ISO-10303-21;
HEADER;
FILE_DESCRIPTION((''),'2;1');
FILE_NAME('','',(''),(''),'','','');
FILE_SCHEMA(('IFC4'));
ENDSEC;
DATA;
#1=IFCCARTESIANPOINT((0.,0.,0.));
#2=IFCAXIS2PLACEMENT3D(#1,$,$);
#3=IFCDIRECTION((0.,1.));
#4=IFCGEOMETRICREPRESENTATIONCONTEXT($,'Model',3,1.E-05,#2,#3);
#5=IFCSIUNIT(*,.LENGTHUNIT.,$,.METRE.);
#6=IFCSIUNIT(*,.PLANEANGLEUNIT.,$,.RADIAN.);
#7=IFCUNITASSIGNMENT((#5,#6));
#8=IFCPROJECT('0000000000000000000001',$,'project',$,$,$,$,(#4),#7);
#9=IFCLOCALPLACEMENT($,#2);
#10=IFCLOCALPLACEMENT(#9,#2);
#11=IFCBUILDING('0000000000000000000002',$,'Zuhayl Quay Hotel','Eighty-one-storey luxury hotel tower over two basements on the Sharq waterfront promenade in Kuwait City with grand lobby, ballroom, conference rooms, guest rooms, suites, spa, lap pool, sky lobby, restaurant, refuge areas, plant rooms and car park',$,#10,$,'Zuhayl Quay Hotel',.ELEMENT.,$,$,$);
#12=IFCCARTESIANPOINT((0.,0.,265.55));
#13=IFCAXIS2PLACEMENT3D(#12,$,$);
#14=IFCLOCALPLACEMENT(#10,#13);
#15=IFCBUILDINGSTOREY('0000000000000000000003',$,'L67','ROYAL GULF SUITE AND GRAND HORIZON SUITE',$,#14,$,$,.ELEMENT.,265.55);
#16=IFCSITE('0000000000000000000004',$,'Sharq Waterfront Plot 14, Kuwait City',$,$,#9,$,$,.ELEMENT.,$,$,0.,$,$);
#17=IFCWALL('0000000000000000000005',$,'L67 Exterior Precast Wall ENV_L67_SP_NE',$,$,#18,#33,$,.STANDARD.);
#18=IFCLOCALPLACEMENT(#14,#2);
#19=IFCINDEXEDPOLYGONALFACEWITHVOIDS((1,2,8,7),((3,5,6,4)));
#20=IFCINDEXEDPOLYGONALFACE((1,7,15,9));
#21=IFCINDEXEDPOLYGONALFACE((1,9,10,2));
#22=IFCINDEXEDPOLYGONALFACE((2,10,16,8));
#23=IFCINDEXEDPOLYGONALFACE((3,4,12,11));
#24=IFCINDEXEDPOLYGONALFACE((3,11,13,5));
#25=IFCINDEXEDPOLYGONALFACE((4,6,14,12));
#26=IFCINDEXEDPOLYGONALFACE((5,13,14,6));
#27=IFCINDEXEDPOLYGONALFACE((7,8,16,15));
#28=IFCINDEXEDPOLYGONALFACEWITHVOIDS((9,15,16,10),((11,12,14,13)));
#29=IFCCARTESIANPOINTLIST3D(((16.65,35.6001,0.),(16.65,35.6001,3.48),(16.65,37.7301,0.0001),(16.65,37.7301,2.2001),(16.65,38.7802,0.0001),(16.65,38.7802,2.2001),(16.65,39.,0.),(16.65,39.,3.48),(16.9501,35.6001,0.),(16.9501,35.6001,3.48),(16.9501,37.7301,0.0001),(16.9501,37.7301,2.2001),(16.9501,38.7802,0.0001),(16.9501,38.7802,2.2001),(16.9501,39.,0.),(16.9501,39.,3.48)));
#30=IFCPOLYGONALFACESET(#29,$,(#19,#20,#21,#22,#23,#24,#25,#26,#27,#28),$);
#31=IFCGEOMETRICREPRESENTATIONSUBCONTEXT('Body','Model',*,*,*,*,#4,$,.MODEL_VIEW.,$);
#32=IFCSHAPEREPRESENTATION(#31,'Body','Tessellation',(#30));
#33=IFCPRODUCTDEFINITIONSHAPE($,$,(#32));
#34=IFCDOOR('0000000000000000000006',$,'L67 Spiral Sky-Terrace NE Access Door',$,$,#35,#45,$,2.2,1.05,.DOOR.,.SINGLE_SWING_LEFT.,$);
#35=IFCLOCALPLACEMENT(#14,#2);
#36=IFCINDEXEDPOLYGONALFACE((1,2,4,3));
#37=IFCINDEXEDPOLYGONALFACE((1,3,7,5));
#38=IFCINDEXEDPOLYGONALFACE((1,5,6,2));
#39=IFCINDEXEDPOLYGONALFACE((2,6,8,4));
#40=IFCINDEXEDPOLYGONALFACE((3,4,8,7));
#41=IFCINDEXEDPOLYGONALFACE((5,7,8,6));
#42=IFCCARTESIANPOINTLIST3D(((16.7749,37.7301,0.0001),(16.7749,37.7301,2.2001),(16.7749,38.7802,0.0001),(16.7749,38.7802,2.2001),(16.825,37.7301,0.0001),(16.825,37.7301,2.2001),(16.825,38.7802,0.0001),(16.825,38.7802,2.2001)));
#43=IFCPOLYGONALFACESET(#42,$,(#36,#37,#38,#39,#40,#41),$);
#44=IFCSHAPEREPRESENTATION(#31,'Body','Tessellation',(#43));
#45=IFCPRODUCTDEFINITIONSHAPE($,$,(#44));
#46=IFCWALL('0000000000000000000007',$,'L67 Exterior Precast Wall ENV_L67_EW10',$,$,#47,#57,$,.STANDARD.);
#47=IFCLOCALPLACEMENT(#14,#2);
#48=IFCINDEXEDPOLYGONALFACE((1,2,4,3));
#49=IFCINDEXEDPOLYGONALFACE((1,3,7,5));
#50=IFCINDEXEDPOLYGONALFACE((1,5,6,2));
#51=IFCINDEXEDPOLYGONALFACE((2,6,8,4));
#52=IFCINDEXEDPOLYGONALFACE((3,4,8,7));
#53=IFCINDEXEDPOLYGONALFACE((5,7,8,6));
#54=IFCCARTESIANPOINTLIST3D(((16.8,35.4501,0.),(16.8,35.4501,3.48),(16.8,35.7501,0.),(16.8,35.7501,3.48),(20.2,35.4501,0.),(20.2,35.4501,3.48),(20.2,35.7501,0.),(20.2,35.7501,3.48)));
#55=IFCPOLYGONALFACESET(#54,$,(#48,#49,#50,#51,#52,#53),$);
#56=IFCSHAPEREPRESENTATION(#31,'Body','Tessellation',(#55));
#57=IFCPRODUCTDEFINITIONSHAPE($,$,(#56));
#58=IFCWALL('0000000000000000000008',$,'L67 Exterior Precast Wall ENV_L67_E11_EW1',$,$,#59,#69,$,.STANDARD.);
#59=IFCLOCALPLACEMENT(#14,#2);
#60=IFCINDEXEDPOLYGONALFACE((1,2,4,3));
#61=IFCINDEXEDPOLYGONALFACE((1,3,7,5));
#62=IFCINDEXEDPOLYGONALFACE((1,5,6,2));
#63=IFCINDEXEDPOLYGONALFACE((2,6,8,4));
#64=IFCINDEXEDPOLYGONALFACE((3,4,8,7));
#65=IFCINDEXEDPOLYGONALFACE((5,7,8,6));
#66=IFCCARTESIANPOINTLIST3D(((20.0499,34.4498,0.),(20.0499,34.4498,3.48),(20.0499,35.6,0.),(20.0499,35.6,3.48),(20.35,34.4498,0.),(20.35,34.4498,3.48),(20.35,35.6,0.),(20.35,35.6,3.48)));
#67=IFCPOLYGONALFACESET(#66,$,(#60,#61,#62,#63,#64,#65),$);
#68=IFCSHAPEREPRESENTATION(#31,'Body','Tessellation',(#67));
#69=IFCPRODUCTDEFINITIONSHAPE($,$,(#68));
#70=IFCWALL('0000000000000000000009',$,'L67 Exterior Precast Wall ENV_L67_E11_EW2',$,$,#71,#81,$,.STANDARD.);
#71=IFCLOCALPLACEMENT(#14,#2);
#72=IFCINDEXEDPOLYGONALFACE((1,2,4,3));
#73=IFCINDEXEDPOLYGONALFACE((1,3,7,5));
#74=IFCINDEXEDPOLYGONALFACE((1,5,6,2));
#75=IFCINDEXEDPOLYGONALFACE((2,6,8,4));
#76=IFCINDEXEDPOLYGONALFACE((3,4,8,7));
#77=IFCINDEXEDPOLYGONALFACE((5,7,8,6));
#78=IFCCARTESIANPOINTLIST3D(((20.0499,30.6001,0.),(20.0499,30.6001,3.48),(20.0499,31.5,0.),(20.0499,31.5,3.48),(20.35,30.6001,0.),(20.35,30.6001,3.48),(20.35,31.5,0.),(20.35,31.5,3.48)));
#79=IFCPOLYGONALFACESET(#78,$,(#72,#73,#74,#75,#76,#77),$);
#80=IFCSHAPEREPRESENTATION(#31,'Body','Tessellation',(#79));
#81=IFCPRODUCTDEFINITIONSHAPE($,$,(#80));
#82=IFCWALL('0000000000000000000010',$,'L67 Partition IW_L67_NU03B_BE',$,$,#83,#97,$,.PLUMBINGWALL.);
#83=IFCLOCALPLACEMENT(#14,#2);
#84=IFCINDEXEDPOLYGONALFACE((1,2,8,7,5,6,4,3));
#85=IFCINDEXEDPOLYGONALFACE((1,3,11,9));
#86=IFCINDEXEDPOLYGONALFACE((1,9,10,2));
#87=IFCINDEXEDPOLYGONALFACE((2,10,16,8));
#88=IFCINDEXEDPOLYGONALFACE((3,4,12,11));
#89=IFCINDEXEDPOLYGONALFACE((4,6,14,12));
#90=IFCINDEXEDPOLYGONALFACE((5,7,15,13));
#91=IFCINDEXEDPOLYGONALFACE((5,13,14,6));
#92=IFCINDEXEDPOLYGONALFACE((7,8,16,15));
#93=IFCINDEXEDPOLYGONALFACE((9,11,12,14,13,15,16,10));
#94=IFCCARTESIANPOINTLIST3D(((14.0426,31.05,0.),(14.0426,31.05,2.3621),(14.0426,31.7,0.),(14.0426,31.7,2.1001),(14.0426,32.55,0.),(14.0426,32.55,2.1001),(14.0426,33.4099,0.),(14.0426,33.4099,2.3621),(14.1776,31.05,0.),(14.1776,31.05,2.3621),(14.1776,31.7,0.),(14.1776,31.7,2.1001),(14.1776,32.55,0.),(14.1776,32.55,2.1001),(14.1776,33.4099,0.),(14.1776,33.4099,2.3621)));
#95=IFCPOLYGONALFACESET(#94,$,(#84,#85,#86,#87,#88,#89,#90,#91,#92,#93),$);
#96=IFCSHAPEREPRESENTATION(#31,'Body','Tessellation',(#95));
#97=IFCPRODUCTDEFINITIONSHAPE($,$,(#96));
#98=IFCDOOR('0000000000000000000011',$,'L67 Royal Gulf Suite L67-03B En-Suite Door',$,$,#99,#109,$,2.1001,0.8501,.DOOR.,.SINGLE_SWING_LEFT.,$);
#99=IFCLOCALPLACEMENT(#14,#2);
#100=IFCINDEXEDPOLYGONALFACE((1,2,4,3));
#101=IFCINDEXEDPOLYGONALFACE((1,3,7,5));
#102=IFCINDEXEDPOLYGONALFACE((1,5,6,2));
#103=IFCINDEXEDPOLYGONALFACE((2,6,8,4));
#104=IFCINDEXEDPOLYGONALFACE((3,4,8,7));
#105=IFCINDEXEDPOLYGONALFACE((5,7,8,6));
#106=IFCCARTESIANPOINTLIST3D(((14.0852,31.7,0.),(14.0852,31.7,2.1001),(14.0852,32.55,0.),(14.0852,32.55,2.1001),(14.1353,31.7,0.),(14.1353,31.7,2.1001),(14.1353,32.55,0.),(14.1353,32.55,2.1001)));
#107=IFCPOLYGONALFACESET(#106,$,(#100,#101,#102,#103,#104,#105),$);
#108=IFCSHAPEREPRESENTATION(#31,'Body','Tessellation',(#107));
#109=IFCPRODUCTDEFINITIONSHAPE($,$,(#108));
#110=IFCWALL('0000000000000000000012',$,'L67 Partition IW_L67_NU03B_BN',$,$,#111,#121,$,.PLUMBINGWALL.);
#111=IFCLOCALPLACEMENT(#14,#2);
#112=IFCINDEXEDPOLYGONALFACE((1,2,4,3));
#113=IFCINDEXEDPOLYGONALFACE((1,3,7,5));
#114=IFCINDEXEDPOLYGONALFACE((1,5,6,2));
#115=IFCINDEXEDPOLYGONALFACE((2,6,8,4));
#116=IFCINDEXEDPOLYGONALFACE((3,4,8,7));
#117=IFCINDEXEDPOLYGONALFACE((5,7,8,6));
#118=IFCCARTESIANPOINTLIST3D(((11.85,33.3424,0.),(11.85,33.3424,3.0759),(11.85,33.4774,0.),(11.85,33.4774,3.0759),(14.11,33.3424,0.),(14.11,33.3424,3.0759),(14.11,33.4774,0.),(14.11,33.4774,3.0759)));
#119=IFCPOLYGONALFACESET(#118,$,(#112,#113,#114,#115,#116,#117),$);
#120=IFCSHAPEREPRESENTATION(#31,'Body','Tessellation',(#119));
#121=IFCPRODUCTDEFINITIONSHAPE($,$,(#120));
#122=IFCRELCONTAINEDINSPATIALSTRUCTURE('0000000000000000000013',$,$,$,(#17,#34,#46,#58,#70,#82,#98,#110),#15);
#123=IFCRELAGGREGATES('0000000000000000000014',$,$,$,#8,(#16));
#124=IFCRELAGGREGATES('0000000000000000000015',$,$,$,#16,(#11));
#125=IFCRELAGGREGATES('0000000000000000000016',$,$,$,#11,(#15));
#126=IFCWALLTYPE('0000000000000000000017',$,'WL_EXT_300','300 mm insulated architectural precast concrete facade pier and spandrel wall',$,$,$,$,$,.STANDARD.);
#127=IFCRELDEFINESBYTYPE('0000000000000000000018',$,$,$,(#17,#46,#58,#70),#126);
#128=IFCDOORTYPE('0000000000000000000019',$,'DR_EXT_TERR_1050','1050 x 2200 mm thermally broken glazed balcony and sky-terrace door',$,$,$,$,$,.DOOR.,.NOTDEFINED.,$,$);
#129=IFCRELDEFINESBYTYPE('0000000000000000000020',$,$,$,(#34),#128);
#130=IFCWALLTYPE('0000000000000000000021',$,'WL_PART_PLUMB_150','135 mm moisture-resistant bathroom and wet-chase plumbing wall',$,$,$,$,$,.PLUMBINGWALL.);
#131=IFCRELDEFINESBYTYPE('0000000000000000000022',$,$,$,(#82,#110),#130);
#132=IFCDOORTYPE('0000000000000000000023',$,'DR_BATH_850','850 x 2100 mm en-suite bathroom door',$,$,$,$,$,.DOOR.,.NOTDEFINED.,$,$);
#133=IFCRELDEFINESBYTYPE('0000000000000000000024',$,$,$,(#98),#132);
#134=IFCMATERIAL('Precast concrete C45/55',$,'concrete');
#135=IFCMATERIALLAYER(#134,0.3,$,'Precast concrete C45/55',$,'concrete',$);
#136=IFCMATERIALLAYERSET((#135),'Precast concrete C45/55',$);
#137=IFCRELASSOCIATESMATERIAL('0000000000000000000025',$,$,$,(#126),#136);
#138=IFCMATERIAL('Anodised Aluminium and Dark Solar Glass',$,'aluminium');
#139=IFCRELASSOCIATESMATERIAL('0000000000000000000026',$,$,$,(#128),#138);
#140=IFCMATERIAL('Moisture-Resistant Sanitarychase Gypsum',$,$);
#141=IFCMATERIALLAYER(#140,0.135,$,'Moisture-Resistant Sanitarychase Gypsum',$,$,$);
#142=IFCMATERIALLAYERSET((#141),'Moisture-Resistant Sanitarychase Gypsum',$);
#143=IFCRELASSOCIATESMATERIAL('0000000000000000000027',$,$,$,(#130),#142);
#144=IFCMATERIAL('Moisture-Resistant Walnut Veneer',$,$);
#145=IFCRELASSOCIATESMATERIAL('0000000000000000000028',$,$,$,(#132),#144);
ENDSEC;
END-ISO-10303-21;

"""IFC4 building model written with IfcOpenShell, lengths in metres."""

from ifc_helpers import new_model, si_unit, direction, frame, frame_2d, origin, place, context, subcontext, project, spatial, rectangle, extrude, material, layer, layer_set, type_object, element, fill, save


model = new_model("IFC4")

# Units and contexts
model_context = context("Model", 3, precision=1e-05, world=origin(), true_north=direction((0.0, 1.0)))
body_context = subcontext(model_context, "Body", "Model", "MODEL_VIEW")
ifc_project = project(units=[si_unit("LENGTHUNIT", "METRE"), si_unit("PLANEANGLEUNIT", "RADIAN")], contexts=[model_context])

# Site, building, storey
site_placement = place(None, origin())
site = spatial("IfcSite", under=ifc_project, at=site_placement, Name="Sharq Waterfront Plot 14, Kuwait City", CompositionType="ELEMENT", RefElevation=0.0)
building_placement = place(site_placement, origin())
building = spatial("IfcBuilding", under=site, at=building_placement, Name="Zuhayl Quay Hotel", Description="Eighty-one-storey luxury hotel tower over two basements on the Sharq waterfront promenade in Kuwait City with grand lobby, ballroom, conference rooms, guest rooms, suites, spa, lap pool, sky lobby, restaurant, refuge areas, plant rooms and car park", LongName="Zuhayl Quay Hotel", CompositionType="ELEMENT")
storey_placement = place(building_placement, frame((0.0, 0.0, 265.55)))
storey = spatial("IfcBuildingStorey", under=building, at=storey_placement, Name="L67", Description="ROYAL GULF SUITE AND GRAND HORIZON SUITE", CompositionType="ELEMENT", Elevation=265.55)

# Wall, opening, door
ifc_material_1 = material(Name="Precast concrete C45/55", Category="concrete")
ifc_layer_1 = layer(ifc_material_1, 0.3, Name="Precast concrete C45/55", Category="concrete")
ifc_layer_set_1 = layer_set([ifc_layer_1], Name="Precast concrete C45/55")
wall_type_1 = type_object("IfcWallType", Name="WL_EXT_300", Description="300 mm insulated architectural precast concrete facade pier and spandrel wall", PredefinedType="STANDARD", material=ifc_layer_set_1)
wall_1_placement = place(storey_placement, frame((16.8, 39.0, 0.0), z_axis=(0.0, 0.0, 1.0), x_axis=(0.0, -1.0, 0.0)))
wall_1 = element("IfcWall", 1, at=wall_1_placement, inside=storey, type_object=wall_type_1, Name="L67 Exterior Precast Wall ENV_L67_SP_NE", PredefinedType="STANDARD", context=body_context, shape_type="SweptSolid", body=[
    extrude(rectangle(XDim=3.3999, YDim=0.3, at=frame_2d((1.7, 0.0))), origin(), (0.0, 0.0, 1.0), 3.48),
])
opening_1_placement = place(wall_1_placement, frame((0.22, 0.0, 0.0)))
opening_1 = element("IfcOpeningElement", 2, at=opening_1_placement, cuts=wall_1, PredefinedType="OPENING", context=body_context, shape_type="SweptSolid", body=[
    extrude(rectangle(XDim=1.05, YDim=2.2, at=frame_2d((0.5249, 1.1001))), frame((0.0, 0.1599, 0.0), z_axis=(0.0, -1.0, 0.0), x_axis=(1.0, 0.0, 0.0)), (0.0, 0.0, 1.0), 0.3201),
])
ifc_material_2 = material(Name="Anodised Aluminium and Dark Solar Glass", Category="aluminium")
door_type_1 = type_object("IfcDoorType", Name="DR_EXT_TERR_1050", Description="1050 x 2200 mm thermally broken glazed balcony and sky-terrace door", OperationType="NOTDEFINED", PredefinedType="DOOR", material=ifc_material_2)
door_1_placement = place(opening_1_placement, origin())
door_1 = element("IfcDoor", 3, at=door_1_placement, inside=storey, type_object=door_type_1, Name="L67 Spiral Sky-Terrace NE Access Door", OperationType="SINGLE_SWING_LEFT", OverallHeight=2.2, OverallWidth=1.05, PredefinedType="DOOR", context=body_context, shape_type="SweptSolid", body=[
    extrude(rectangle(XDim=1.05, YDim=2.2, at=frame_2d((0.5249, 1.1001))), frame((0.0, 0.0249, 0.0), z_axis=(0.0, -1.0, 0.0), x_axis=(1.0, 0.0, 0.0)), (0.0, 0.0, 1.0), 0.05),
])
fill(opening_1, door_1)

# Walls
wall_2_placement = place(storey_placement, frame((16.8, 35.6001, 0.0), z_axis=(0.0, 0.0, 1.0), x_axis=(1.0, 0.0, 0.0)))
element("IfcWall", 4, at=wall_2_placement, inside=storey, type_object=wall_type_1, Name="L67 Exterior Precast Wall ENV_L67_EW10", PredefinedType="STANDARD", context=body_context, shape_type="SweptSolid", body=[
    extrude(rectangle(XDim=3.3999, YDim=0.3, at=frame_2d((1.7, 0.0))), origin(), (0.0, 0.0, 1.0), 3.48),
])
wall_3_placement = place(storey_placement, frame((20.2, 35.6001, 0.0), z_axis=(0.0, 0.0, 1.0), x_axis=(0.0, -1.0, 0.0)))
element("IfcWall", 5, at=wall_3_placement, inside=storey, type_object=wall_type_1, Name="L67 Exterior Precast Wall ENV_L67_E11_EW1", PredefinedType="STANDARD", context=body_context, shape_type="SweptSolid", body=[
    extrude(rectangle(XDim=1.1501, YDim=0.3, at=frame_2d((0.5752, 0.0))), origin(), (0.0, 0.0, 1.0), 3.48),
])
wall_4_placement = place(storey_placement, frame((20.2, 31.5, 0.0), z_axis=(0.0, 0.0, 1.0), x_axis=(0.0, -1.0, 0.0)))
element("IfcWall", 6, at=wall_4_placement, inside=storey, type_object=wall_type_1, Name="L67 Exterior Precast Wall ENV_L67_E11_EW2", PredefinedType="STANDARD", context=body_context, shape_type="SweptSolid", body=[
    extrude(rectangle(XDim=0.8999, YDim=0.3, at=frame_2d((0.45, 0.0))), origin(), (0.0, 0.0, 1.0), 3.48),
])

# Wall, opening, door
ifc_material_3 = material(Name="Moisture-Resistant Sanitarychase Gypsum")
ifc_layer_2 = layer(ifc_material_3, 0.135, Name="Moisture-Resistant Sanitarychase Gypsum")
ifc_layer_set_2 = layer_set([ifc_layer_2], Name="Moisture-Resistant Sanitarychase Gypsum")
wall_type_2 = type_object("IfcWallType", Name="WL_PART_PLUMB_150", Description="135 mm moisture-resistant bathroom and wet-chase plumbing wall", PredefinedType="PLUMBINGWALL", material=ifc_layer_set_2)
wall_5_placement = place(storey_placement, frame((14.1101, 31.05, 0.0), z_axis=(0.0, 0.0, 1.0), x_axis=(0.0, 1.0, 0.0)))
wall_5 = element("IfcWall", 7, at=wall_5_placement, inside=storey, type_object=wall_type_2, Name="L67 Partition IW_L67_NU03B_BE", PredefinedType="PLUMBINGWALL", context=body_context, shape_type="SweptSolid", body=[
    extrude(rectangle(XDim=2.3599, YDim=0.135, at=frame_2d((1.1799, 0.0))), origin(), (0.0, 0.0, 1.0), 2.3621),
])
opening_2_placement = place(wall_5_placement, frame((0.6499, 0.0, 0.0)))
opening_2 = element("IfcOpeningElement", 8, at=opening_2_placement, cuts=wall_5, PredefinedType="OPENING", context=body_context, shape_type="SweptSolid", body=[
    extrude(rectangle(XDim=0.8501, YDim=2.1001, at=frame_2d((0.425, 1.05))), frame((0.0, 0.0774, 0.0), z_axis=(0.0, -1.0, 0.0), x_axis=(1.0, 0.0, 0.0)), (0.0, 0.0, 1.0), 0.155),
])
ifc_material_4 = material(Name="Moisture-Resistant Walnut Veneer")
door_type_2 = type_object("IfcDoorType", Name="DR_BATH_850", Description="850 x 2100 mm en-suite bathroom door", OperationType="NOTDEFINED", PredefinedType="DOOR", material=ifc_material_4)
door_2_placement = place(opening_2_placement, origin())
door_2 = element("IfcDoor", 9, at=door_2_placement, inside=storey, type_object=door_type_2, Name="L67 Royal Gulf Suite L67-03B En-Suite Door", OperationType="SINGLE_SWING_LEFT", OverallHeight=2.1001, OverallWidth=0.8501, PredefinedType="DOOR", context=body_context, shape_type="SweptSolid", body=[
    extrude(rectangle(XDim=0.8501, YDim=2.1001, at=frame_2d((0.425, 1.05))), frame((0.0, 0.0249, 0.0), z_axis=(0.0, -1.0, 0.0), x_axis=(1.0, 0.0, 0.0)), (0.0, 0.0, 1.0), 0.05),
])
fill(opening_2, door_2)

# Wall
wall_6_placement = place(storey_placement, frame((11.8501, 33.4099, 0.0), z_axis=(0.0, 0.0, 1.0), x_axis=(1.0, 0.0, 0.0)))
element("IfcWall", 10, at=wall_6_placement, inside=storey, type_object=wall_type_2, Name="L67 Partition IW_L67_NU03B_BN", PredefinedType="PLUMBINGWALL", context=body_context, shape_type="SweptSolid", body=[
    extrude(rectangle(XDim=2.26, YDim=0.135, at=frame_2d((1.1299, 0.0))), origin(), (0.0, 0.0, 1.0), 3.0759),
])

save(model, "model.ifc")
